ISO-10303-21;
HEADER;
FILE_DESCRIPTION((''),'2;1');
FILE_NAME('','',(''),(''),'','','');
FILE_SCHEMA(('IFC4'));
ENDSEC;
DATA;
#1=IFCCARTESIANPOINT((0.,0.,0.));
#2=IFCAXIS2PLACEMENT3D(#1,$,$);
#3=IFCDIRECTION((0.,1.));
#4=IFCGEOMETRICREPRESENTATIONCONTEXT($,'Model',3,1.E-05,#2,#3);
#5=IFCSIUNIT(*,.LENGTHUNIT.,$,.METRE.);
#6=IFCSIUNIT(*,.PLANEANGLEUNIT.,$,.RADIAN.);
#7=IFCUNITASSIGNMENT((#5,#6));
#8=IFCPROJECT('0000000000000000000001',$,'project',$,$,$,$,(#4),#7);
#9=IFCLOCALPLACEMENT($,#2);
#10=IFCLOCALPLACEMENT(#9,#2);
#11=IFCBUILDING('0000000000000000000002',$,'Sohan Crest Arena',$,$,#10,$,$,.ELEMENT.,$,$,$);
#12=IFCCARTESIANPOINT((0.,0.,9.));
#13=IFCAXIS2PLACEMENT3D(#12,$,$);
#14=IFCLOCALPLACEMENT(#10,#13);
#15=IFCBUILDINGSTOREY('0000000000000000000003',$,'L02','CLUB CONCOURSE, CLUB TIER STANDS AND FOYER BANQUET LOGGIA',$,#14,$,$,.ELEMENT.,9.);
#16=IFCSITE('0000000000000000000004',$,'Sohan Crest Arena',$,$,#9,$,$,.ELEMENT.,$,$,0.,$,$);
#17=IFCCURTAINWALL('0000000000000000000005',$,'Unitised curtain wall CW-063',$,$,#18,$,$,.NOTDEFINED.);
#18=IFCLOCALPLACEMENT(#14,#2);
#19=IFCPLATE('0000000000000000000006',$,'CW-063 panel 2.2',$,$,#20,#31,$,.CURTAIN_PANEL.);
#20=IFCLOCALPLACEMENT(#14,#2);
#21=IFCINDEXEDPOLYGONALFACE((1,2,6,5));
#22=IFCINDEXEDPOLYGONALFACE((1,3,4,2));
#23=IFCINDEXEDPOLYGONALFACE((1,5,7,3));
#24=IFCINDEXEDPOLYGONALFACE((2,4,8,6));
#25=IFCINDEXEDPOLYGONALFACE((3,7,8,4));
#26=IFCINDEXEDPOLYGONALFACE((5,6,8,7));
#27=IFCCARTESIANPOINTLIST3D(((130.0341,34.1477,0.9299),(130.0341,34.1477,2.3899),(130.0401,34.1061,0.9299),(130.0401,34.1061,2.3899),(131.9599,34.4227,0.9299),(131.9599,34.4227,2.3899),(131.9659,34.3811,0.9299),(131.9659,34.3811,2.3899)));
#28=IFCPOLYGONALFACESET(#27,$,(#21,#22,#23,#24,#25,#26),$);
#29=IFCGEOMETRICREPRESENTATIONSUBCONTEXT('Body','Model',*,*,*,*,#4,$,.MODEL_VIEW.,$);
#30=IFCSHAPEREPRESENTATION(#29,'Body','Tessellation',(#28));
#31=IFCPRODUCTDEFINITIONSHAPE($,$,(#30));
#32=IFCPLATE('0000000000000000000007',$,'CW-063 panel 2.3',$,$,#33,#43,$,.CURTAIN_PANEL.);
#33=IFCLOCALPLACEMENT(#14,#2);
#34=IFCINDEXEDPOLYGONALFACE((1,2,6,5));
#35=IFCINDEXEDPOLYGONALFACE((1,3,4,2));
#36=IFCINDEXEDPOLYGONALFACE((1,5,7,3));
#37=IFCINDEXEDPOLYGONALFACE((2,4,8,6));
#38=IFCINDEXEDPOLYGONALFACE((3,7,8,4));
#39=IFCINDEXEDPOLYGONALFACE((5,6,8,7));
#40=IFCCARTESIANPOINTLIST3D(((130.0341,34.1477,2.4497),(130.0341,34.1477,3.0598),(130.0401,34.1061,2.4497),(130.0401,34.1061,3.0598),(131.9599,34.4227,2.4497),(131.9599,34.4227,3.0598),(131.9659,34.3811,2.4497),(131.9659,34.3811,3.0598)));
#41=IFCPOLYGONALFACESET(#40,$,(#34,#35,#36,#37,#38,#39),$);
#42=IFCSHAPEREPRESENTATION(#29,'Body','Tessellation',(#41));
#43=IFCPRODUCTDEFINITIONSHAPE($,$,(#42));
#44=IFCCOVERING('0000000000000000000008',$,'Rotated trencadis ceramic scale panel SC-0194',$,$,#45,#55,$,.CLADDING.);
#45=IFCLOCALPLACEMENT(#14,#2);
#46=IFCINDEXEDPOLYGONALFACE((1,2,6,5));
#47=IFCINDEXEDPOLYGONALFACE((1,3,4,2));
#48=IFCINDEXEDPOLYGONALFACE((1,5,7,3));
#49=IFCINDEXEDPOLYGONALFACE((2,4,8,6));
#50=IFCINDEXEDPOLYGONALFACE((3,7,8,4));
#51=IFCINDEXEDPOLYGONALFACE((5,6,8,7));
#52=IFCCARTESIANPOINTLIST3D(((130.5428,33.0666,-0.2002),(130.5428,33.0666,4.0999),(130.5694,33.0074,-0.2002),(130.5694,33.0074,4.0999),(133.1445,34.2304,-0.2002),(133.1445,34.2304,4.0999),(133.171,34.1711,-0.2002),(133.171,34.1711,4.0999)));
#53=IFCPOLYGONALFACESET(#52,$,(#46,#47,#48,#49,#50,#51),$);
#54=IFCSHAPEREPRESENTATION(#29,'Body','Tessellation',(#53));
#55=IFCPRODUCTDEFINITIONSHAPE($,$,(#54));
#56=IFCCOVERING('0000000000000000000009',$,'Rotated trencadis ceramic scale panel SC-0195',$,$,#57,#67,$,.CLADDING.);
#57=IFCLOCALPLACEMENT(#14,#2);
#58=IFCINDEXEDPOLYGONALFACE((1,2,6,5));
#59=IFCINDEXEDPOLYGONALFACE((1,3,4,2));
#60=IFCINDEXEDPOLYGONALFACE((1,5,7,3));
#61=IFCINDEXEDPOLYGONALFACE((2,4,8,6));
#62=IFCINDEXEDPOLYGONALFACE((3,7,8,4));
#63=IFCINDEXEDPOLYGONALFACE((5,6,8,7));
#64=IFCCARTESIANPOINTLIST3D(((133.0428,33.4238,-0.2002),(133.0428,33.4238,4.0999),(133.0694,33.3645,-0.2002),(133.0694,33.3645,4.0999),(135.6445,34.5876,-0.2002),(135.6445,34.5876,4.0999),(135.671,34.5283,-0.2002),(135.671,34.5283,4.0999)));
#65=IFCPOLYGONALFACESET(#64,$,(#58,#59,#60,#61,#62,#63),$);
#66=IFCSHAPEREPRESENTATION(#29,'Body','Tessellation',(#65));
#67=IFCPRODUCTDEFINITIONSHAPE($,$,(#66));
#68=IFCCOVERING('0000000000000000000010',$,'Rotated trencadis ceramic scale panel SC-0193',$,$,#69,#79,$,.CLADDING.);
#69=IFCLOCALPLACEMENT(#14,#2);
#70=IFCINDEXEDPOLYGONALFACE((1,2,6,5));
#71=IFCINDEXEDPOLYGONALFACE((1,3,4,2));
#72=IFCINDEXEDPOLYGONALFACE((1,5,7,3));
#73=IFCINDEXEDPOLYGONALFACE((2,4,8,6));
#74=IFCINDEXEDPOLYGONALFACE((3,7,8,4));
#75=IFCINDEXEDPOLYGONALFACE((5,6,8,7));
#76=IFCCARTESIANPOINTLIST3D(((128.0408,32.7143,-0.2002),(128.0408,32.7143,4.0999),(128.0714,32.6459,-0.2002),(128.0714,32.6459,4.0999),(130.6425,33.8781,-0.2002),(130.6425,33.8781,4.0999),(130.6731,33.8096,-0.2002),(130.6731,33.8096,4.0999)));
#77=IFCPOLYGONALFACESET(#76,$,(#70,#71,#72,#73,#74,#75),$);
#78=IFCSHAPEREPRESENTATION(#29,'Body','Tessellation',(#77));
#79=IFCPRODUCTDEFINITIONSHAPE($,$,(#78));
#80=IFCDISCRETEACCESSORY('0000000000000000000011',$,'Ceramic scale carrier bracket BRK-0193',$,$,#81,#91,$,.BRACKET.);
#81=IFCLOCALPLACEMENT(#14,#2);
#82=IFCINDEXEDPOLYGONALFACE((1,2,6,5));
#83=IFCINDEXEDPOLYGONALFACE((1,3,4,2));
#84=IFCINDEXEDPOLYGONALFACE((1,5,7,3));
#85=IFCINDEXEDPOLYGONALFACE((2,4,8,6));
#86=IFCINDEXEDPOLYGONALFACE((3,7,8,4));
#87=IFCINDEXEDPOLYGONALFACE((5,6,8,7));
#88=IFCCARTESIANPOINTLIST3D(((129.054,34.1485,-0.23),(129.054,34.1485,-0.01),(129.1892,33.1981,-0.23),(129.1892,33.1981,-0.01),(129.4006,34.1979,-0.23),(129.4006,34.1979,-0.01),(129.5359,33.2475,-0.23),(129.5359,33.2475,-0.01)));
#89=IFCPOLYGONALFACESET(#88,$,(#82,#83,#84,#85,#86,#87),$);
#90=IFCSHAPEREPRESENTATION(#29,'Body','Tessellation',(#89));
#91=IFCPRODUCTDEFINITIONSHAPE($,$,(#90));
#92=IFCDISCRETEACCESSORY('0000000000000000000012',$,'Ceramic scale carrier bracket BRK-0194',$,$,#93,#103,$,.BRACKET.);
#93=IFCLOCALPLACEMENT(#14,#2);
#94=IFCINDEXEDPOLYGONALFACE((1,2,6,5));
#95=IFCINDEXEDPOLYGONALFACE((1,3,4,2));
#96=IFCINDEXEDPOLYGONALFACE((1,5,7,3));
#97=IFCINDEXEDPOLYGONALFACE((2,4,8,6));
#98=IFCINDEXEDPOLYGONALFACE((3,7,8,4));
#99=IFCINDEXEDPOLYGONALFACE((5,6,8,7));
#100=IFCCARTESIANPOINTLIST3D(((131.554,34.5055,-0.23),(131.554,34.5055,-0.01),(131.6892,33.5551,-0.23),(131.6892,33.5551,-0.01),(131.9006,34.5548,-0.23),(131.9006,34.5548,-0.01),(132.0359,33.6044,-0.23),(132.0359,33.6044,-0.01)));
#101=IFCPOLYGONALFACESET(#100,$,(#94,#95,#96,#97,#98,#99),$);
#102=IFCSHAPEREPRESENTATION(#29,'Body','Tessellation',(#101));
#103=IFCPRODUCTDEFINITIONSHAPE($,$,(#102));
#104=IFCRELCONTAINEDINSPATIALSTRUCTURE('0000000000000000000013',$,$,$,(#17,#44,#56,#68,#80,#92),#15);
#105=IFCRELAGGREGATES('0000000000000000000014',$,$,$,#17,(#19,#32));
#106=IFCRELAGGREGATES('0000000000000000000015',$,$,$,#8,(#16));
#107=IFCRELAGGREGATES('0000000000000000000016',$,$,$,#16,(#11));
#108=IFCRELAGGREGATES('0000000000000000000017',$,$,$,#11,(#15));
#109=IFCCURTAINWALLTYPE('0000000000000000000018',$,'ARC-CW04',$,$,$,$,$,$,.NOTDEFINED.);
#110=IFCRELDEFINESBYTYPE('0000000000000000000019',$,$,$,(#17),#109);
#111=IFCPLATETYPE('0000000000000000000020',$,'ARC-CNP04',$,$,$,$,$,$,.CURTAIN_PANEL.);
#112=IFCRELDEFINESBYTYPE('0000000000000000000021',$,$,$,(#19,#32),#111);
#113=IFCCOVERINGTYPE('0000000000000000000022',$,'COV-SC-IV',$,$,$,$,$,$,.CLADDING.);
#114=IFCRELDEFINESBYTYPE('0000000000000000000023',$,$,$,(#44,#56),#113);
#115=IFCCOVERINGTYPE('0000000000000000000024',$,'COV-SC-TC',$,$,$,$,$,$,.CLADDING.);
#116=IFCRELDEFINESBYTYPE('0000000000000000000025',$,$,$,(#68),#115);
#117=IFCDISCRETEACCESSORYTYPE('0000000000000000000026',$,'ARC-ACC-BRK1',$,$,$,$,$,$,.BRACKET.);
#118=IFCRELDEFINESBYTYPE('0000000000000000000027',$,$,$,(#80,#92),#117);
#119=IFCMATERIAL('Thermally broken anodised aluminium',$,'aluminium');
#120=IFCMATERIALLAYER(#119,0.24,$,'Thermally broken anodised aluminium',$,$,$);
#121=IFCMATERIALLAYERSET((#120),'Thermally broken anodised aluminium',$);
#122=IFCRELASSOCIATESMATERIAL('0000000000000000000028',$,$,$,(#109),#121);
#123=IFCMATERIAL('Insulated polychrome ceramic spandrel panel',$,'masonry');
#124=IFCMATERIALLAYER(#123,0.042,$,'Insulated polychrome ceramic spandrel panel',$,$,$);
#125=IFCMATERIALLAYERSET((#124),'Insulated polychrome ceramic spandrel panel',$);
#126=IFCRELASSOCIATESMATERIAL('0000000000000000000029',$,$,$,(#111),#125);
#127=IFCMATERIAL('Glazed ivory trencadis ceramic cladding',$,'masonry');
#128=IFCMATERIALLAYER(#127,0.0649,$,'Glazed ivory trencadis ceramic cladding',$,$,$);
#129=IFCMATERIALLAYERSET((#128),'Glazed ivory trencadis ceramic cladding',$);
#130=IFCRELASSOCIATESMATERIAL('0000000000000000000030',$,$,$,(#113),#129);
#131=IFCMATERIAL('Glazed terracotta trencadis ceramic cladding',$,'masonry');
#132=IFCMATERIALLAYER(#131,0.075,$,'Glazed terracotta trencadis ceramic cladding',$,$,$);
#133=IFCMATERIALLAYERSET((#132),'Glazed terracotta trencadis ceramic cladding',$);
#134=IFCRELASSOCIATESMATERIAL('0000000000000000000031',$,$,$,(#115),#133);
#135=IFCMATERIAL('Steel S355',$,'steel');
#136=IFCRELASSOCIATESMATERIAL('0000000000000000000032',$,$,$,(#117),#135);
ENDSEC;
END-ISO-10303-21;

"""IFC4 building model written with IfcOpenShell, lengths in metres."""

from ifc_helpers import new_model, si_unit, direction, frame, origin, origin_2d, place, context, subcontext, project, spatial, rectangle, extrude, material, layer, layer_set, type_object, element, aggregate, save


model = new_model("IFC4")

# Units and contexts
model_context = context("Model", 3, precision=1e-05, world=origin(), true_north=direction((0.0, 1.0)))
body_context = subcontext(model_context, "Body", "Model", "MODEL_VIEW")
ifc_project = project(units=[si_unit("LENGTHUNIT", "METRE"), si_unit("PLANEANGLEUNIT", "RADIAN")], contexts=[model_context])

# Site, building, storey
site_placement = place(None, origin())
site = spatial("IfcSite", under=ifc_project, at=site_placement, Name="Sohan Crest Arena", CompositionType="ELEMENT", RefElevation=0.0)
building_placement = place(site_placement, origin())
building = spatial("IfcBuilding", under=site, at=building_placement, Name="Sohan Crest Arena", CompositionType="ELEMENT")
storey_placement = place(building_placement, frame((0.0, 0.0, 9.0)))
storey = spatial("IfcBuildingStorey", under=building, at=storey_placement, Name="L02", Description="CLUB CONCOURSE, CLUB TIER STANDS AND FOYER BANQUET LOGGIA", CompositionType="ELEMENT", Elevation=9.0)

# Curtain wall
ifc_material_1 = material(Name="Thermally broken anodised aluminium", Category="aluminium")
ifc_layer_1 = layer(ifc_material_1, 0.24, Name="Thermally broken anodised aluminium")
ifc_layer_set_1 = layer_set([ifc_layer_1], Name="Thermally broken anodised aluminium")
curtain_wall_type_1 = type_object("IfcCurtainWallType", Name="ARC-CW04", PredefinedType="NOTDEFINED", material=ifc_layer_set_1)
curtain_wall_1_placement = place(storey_placement, origin())
curtain_wall_1 = element("IfcCurtainWall", 1, at=curtain_wall_1_placement, inside=storey, type_object=curtain_wall_type_1, Name="Unitised curtain wall CW-063", PredefinedType="NOTDEFINED")

# Plates
ifc_material_2 = material(Name="Insulated polychrome ceramic spandrel panel", Category="masonry")
ifc_layer_2 = layer(ifc_material_2, 0.042, Name="Insulated polychrome ceramic spandrel panel")
ifc_layer_set_2 = layer_set([ifc_layer_2], Name="Insulated polychrome ceramic spandrel panel")
plate_type_1 = type_object("IfcPlateType", Name="ARC-CNP04", PredefinedType="CURTAIN_PANEL", material=ifc_layer_set_2)
plate_1_placement = place(storey_placement, frame((131.0, 34.2644, 0.9299), z_axis=(0.0, 0.0, 1.0), x_axis=(0.989957, 0.141366, 0.0)))
plate_1 = element("IfcPlate", 2, at=plate_1_placement, type_object=plate_type_1, Name="CW-063 panel 2.2", PredefinedType="CURTAIN_PANEL", context=body_context, shape_type="SweptSolid", body=[
    extrude(rectangle(XDim=1.9453, YDim=0.042, at=origin_2d()), origin(), (0.0, 0.0, 1.0), 1.46),
])
plate_2_placement = place(storey_placement, frame((131.0, 34.2644, 2.4497), z_axis=(0.0, 0.0, 1.0), x_axis=(0.989957, 0.141366, 0.0)))
plate_2 = element("IfcPlate", 3, at=plate_2_placement, type_object=plate_type_1, Name="CW-063 panel 2.3", PredefinedType="CURTAIN_PANEL", context=body_context, shape_type="SweptSolid", body=[
    extrude(rectangle(XDim=1.9453, YDim=0.042, at=origin_2d()), origin(), (0.0, 0.0, 1.0), 0.6101),
])
aggregate(curtain_wall_1, [plate_1, plate_2])

# Coverings
ifc_material_3 = material(Name="Glazed ivory trencadis ceramic cladding", Category="masonry")
ifc_layer_3 = layer(ifc_material_3, 0.0649, Name="Glazed ivory trencadis ceramic cladding")
ifc_layer_set_3 = layer_set([ifc_layer_3], Name="Glazed ivory trencadis ceramic cladding")
covering_type_1 = type_object("IfcCoveringType", Name="COV-SC-IV", PredefinedType="CLADDING", material=ifc_layer_set_3)
for number, where, z_axis, x_axis, name in (
    (4, (131.8569, 33.6189, -0.2002), (0.0, 0.0, 1.0), (0.912834, 0.40833, 0.0), "Rotated trencadis ceramic scale panel SC-0194"),
    (5, (134.3569, 33.9761, -0.2002), (0.0, 0.0, 1.0), (0.912834, 0.40833, 0.0), "Rotated trencadis ceramic scale panel SC-0195"),
):
    element("IfcCovering", number, at=place(storey_placement, frame(where, z_axis=z_axis, x_axis=x_axis)), inside=storey, type_object=covering_type_1, Name=name, PredefinedType="CLADDING", context=body_context, shape_type="SweptSolid", body=[
        extrude(rectangle(XDim=2.8501, YDim=0.0649, at=origin_2d()), origin(), (0.0, 0.0, 1.0), 4.3),
    ])
ifc_material_4 = material(Name="Glazed terracotta trencadis ceramic cladding", Category="masonry")
ifc_layer_4 = layer(ifc_material_4, 0.075, Name="Glazed terracotta trencadis ceramic cladding")
ifc_layer_set_4 = layer_set([ifc_layer_4], Name="Glazed terracotta trencadis ceramic cladding")
covering_type_2 = type_object("IfcCoveringType", Name="COV-SC-TC", PredefinedType="CLADDING", material=ifc_layer_set_4)
covering_placement = place(storey_placement, frame((129.3569, 33.262, -0.2002), z_axis=(0.0, 0.0, 1.0), x_axis=(0.912834, 0.40833, 0.0)))
element("IfcCovering", 6, at=covering_placement, inside=storey, type_object=covering_type_2, Name="Rotated trencadis ceramic scale panel SC-0193", PredefinedType="CLADDING", context=body_context, shape_type="SweptSolid", body=[
    extrude(rectangle(XDim=2.8501, YDim=0.075, at=origin_2d()), origin(), (0.0, 0.0, 1.0), 4.3),
])

# Discrete accessories
ifc_material_5 = material(Name="Steel S355", Category="steel")
discrete_accessory_type = type_object("IfcDiscreteAccessoryType", Name="ARC-ACC-BRK1", PredefinedType="BRACKET", material=ifc_material_5)
for number, where, z_axis, x_axis, name in (
    (7, (129.2949, 33.698, -0.23), (0.0, 0.0, 1.0), (0.990024, 0.140901, 0.0), "Ceramic scale carrier bracket BRK-0193"),
    (8, (131.7949, 34.0549, -0.23), (0.0, 0.0, 1.0), (0.990024, 0.140901, 0.0), "Ceramic scale carrier bracket BRK-0194"),
):
    element("IfcDiscreteAccessory", number, at=place(storey_placement, frame(where, z_axis=z_axis, x_axis=x_axis)), inside=storey, type_object=discrete_accessory_type, Name=name, PredefinedType="BRACKET", context=body_context, shape_type="SweptSolid", body=[
        extrude(rectangle(XDim=0.3501, YDim=0.96, at=origin_2d()), origin(), (0.0, 0.0, 1.0), 0.22),
    ])

save(model, "model.ifc")
